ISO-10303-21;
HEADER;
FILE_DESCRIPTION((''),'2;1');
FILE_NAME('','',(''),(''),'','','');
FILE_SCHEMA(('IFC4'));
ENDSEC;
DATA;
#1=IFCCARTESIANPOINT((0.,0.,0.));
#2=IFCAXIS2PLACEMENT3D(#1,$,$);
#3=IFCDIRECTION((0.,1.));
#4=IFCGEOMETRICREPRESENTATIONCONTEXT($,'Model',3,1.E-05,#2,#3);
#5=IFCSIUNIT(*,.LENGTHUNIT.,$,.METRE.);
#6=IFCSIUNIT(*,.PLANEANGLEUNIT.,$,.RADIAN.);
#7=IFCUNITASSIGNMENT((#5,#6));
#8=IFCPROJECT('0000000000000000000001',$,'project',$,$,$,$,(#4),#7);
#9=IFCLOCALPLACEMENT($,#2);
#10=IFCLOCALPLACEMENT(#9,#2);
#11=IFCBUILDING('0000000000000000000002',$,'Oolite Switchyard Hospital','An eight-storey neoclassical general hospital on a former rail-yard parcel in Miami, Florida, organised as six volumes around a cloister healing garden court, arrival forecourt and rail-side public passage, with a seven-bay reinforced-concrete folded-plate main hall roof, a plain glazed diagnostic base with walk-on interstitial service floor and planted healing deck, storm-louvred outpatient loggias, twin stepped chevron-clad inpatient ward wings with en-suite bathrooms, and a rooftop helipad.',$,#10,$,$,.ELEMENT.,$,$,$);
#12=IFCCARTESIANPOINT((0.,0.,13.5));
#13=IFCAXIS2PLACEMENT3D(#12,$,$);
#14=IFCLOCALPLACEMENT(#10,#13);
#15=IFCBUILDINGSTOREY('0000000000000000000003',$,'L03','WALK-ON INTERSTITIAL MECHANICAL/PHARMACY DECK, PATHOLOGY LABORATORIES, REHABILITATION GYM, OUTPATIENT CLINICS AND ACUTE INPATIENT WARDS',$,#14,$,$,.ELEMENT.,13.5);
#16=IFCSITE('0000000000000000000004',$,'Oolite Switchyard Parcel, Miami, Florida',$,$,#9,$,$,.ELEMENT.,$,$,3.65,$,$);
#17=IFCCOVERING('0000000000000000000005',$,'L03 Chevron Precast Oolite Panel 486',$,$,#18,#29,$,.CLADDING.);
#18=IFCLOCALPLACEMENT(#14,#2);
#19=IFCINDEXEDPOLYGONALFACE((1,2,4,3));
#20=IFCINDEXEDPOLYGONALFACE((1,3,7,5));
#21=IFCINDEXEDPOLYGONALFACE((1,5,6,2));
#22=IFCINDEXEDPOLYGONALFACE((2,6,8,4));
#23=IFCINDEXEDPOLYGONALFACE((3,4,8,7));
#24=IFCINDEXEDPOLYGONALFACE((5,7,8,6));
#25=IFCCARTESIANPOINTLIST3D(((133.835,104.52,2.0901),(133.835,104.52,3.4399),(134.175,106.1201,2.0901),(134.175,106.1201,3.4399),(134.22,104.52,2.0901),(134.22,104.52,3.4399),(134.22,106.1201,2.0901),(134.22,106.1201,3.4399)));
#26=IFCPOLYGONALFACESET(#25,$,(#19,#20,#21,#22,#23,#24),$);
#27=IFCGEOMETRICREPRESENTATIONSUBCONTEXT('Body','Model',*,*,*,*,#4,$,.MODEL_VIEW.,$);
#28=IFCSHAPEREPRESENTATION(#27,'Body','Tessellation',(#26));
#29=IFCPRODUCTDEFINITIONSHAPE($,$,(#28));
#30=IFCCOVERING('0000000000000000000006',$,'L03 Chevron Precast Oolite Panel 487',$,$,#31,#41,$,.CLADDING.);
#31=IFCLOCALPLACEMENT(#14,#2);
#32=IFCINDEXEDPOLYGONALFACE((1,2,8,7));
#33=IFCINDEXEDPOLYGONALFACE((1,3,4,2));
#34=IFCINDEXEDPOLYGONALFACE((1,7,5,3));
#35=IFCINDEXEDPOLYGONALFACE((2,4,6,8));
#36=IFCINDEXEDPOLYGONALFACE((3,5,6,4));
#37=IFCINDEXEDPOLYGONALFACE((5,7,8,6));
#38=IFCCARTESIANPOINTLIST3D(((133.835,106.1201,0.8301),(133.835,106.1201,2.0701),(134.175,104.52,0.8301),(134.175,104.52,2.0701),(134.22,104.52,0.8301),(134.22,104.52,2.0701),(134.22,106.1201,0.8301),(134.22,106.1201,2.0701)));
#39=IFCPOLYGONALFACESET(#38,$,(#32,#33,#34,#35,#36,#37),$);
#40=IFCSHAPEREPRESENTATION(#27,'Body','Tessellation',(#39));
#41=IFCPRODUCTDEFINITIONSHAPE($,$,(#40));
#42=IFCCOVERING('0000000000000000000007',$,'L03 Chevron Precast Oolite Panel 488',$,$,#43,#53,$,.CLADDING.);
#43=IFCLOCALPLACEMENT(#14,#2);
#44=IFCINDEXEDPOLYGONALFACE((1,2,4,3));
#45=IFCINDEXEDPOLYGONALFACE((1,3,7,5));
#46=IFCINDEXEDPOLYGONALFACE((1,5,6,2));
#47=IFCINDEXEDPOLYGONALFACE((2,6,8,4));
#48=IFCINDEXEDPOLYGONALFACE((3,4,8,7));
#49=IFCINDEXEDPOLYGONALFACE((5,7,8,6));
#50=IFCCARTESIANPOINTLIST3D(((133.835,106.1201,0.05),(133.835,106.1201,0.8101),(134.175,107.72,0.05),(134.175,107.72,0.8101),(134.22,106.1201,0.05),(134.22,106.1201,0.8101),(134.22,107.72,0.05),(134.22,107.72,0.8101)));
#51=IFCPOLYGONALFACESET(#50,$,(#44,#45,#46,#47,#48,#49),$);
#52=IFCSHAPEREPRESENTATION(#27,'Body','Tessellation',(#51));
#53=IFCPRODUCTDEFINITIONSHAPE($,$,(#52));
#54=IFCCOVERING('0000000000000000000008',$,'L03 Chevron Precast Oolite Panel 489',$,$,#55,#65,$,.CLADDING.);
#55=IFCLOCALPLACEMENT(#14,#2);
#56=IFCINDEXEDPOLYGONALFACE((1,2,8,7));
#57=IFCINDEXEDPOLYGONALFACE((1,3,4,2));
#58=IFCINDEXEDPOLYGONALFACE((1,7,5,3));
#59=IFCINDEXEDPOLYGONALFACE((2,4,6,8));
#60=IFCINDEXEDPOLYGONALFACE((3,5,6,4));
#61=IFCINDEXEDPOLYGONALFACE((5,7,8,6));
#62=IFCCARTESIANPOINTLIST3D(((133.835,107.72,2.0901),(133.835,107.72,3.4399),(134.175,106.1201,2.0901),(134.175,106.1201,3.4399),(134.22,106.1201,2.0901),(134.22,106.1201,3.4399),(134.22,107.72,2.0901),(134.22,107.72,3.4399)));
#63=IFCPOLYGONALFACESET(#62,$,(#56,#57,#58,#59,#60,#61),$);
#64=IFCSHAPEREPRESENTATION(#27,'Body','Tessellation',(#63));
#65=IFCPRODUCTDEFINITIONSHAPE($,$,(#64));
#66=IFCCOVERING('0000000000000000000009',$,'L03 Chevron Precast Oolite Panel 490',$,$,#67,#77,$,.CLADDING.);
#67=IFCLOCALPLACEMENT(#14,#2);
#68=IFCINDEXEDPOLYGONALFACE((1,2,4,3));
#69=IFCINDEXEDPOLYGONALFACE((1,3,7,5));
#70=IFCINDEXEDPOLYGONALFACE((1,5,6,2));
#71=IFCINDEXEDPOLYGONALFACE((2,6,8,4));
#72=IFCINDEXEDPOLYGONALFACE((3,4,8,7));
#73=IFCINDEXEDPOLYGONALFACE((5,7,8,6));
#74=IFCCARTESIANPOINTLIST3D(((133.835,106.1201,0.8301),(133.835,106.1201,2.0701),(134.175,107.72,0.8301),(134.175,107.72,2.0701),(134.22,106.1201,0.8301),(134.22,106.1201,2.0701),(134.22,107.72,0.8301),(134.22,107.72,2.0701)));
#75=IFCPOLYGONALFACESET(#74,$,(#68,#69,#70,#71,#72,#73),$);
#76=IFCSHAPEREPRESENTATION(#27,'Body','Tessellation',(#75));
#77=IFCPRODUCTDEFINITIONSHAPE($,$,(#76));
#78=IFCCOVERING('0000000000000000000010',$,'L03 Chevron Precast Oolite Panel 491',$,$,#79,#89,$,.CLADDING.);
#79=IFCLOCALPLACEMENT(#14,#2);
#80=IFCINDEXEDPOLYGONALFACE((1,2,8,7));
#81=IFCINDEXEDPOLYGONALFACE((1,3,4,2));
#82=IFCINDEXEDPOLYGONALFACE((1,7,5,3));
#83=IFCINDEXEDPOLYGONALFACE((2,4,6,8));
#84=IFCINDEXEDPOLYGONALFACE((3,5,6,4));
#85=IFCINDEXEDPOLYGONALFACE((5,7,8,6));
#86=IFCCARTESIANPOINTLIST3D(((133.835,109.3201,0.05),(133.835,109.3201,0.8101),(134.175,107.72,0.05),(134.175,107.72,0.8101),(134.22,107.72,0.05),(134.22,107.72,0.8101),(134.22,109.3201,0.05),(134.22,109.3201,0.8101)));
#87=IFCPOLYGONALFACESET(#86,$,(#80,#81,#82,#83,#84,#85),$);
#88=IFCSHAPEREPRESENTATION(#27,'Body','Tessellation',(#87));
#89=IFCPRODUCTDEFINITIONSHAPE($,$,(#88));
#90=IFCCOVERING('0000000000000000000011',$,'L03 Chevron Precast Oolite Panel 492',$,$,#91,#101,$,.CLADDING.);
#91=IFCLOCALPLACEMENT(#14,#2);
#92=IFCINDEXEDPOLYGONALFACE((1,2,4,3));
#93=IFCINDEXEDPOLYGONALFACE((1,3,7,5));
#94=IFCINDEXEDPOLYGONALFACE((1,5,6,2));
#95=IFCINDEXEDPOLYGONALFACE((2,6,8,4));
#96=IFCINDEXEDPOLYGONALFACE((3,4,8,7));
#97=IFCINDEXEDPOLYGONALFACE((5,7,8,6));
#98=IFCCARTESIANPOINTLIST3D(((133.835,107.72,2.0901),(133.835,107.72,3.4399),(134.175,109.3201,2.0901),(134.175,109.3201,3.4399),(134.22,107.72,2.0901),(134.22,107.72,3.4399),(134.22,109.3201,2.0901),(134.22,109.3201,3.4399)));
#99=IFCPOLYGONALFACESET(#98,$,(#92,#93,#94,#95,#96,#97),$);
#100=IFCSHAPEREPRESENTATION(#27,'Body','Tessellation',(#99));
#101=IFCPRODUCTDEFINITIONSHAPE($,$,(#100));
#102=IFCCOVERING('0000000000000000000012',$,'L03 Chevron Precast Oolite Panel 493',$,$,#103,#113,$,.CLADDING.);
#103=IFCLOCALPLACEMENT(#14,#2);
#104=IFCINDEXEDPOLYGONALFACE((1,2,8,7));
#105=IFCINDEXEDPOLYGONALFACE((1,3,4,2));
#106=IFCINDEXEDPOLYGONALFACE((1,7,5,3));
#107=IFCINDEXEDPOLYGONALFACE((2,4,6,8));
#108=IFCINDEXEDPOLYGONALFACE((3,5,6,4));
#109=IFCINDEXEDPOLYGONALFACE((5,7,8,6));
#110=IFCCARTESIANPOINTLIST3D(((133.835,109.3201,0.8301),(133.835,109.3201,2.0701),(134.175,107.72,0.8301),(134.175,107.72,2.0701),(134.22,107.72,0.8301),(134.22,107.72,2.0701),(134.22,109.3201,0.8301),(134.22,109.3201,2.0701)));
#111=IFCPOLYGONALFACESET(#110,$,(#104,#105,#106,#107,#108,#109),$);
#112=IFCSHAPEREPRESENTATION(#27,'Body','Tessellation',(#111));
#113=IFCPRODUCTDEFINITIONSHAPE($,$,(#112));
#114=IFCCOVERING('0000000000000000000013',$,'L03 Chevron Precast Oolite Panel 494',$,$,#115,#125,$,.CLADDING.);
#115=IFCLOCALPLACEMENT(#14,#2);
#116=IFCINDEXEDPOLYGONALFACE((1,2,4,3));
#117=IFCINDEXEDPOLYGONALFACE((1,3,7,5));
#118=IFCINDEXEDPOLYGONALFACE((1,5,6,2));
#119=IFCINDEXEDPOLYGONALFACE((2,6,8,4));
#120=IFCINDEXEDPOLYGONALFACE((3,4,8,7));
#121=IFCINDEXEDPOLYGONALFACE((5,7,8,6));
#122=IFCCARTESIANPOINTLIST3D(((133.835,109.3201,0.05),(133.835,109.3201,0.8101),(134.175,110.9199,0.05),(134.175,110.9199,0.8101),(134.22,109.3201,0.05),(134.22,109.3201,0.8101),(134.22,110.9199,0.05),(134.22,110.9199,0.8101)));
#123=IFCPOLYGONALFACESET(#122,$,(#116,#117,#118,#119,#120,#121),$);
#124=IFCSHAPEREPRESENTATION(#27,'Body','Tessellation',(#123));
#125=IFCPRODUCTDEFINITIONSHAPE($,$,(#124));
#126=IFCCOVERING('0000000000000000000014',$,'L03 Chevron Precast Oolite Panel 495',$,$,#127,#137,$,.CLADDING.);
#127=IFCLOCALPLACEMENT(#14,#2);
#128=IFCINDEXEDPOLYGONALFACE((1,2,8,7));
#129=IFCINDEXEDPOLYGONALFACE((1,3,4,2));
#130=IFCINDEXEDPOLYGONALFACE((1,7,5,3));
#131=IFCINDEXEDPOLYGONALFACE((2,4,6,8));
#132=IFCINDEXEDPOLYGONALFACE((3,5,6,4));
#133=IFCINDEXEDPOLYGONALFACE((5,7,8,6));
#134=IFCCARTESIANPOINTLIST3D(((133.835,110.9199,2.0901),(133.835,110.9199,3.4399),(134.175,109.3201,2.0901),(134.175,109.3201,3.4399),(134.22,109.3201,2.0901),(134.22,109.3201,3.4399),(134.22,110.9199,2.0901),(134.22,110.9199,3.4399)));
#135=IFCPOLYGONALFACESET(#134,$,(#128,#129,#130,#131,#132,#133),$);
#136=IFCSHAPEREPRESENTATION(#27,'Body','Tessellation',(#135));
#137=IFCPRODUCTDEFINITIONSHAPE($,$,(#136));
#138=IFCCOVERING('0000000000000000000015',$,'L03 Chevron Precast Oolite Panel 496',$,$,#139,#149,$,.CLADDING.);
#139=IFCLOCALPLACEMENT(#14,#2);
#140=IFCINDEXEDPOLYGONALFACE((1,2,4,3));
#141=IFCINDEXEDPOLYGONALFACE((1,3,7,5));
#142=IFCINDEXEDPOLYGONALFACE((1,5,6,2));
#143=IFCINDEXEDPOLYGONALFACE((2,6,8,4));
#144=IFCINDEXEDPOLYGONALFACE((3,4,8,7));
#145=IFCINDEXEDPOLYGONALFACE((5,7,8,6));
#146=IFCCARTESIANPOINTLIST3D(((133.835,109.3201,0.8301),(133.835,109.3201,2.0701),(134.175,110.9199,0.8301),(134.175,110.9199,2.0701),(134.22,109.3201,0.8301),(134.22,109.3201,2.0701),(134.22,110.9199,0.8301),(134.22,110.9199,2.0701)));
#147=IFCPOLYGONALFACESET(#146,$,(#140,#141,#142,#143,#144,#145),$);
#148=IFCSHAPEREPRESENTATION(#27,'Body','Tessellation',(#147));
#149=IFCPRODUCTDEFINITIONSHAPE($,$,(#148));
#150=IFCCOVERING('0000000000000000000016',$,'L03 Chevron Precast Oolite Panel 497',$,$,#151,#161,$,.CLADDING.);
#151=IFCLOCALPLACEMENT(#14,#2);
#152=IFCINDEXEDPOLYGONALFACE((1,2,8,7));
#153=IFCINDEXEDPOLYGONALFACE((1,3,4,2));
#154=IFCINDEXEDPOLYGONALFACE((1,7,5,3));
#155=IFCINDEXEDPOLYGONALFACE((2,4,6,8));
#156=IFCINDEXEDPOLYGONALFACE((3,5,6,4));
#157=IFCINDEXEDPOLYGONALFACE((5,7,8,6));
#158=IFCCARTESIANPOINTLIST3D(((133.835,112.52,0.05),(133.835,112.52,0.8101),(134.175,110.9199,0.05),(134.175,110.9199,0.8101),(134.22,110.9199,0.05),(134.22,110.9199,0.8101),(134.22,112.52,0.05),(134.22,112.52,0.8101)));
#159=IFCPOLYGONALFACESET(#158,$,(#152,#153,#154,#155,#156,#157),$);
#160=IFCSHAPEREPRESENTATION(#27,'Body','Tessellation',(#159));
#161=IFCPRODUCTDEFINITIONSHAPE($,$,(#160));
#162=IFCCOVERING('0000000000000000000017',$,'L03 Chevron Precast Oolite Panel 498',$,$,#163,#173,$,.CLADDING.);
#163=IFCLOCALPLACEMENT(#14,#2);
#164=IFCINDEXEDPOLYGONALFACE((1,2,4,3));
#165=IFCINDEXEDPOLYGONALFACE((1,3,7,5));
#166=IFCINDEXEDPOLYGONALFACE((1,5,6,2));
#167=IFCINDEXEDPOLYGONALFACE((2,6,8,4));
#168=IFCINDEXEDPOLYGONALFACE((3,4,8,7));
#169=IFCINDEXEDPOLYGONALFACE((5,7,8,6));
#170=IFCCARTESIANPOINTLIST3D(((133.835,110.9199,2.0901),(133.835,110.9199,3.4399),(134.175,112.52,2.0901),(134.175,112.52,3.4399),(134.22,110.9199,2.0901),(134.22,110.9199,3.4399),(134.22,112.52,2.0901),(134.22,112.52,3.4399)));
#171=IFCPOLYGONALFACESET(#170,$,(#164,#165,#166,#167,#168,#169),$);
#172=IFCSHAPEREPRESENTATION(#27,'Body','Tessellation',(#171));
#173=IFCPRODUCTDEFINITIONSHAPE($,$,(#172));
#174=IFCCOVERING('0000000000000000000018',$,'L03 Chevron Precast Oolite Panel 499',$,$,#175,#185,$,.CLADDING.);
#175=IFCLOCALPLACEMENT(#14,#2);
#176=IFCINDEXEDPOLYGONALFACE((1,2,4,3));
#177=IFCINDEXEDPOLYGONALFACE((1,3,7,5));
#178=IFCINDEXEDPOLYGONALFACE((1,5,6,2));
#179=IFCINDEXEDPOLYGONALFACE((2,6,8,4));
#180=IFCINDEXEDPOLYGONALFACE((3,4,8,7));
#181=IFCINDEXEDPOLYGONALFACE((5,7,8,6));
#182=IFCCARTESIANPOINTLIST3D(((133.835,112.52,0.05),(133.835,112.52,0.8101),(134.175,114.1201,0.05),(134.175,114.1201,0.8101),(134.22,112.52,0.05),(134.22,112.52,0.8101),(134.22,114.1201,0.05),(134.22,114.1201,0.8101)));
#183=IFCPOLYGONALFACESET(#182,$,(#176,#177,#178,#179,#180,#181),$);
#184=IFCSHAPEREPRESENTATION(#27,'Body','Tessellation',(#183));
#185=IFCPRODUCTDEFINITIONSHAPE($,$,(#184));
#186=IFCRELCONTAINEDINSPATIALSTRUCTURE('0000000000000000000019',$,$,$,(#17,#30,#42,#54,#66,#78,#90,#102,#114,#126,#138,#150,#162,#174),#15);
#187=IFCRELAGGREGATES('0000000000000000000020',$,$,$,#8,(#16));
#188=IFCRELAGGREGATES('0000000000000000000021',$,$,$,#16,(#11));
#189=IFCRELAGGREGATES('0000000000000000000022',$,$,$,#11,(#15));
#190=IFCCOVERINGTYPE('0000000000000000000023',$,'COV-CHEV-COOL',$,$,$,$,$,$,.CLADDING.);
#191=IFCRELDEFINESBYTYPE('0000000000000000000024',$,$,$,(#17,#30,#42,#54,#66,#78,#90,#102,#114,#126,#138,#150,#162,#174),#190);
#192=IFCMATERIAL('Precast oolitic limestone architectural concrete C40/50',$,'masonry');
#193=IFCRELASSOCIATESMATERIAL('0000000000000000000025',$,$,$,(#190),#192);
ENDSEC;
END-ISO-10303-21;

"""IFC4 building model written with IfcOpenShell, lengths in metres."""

from ifc_helpers import new_model, si_unit, direction, frame, origin, place, context, subcontext, project, spatial, polyline, outline, extrude, material, type_object, element, save


model = new_model("IFC4")

# Units and contexts
model_context = context("Model", 3, precision=1e-05, world=origin(), true_north=direction((0.0, 1.0)))
body_context = subcontext(model_context, "Body", "Model", "MODEL_VIEW")
ifc_project = project(units=[si_unit("LENGTHUNIT", "METRE"), si_unit("PLANEANGLEUNIT", "RADIAN")], contexts=[model_context])

# Site, building, storey
site_placement = place(None, origin())
site = spatial("IfcSite", under=ifc_project, at=site_placement, Name="Oolite Switchyard Parcel, Miami, Florida", CompositionType="ELEMENT", RefElevation=3.65)
building_placement = place(site_placement, origin())
building = spatial("IfcBuilding", under=site, at=building_placement, Name="Oolite Switchyard Hospital", Description="An eight-storey neoclassical general hospital on a former rail-yard parcel in Miami, Florida, organised as six volumes around a cloister healing garden court, arrival forecourt and rail-side public passage, with a seven-bay reinforced-concrete folded-plate main hall roof, a plain glazed diagnostic base with walk-on interstitial service floor and planted healing deck, storm-louvred outpatient loggias, twin stepped chevron-clad inpatient ward wings with en-suite bathrooms, and a rooftop helipad.", CompositionType="ELEMENT")
storey_placement = place(building_placement, frame((0.0, 0.0, 13.5)))
storey = spatial("IfcBuildingStorey", under=building, at=storey_placement, Name="L03", Description="WALK-ON INTERSTITIAL MECHANICAL/PHARMACY DECK, PATHOLOGY LABORATORIES, REHABILITATION GYM, OUTPATIENT CLINICS AND ACUTE INPATIENT WARDS", CompositionType="ELEMENT", Elevation=13.5)

# Shared definitions
ifc_material_1 = material(Name="Precast oolitic limestone architectural concrete C40/50", Category="masonry")

# Coverings
covering_type = type_object("IfcCoveringType", Name="COV-CHEV-COOL", PredefinedType="CLADDING", material=ifc_material_1)
covering_1_placement = place(storey_placement, frame((134.22, 104.52, 2.0901), z_axis=(0.0, 0.0, 1.0), x_axis=(0.0, 1.0, 0.0)))
element("IfcCovering", 1, at=covering_1_placement, inside=storey, type_object=covering_type, Name="L03 Chevron Precast Oolite Panel 486", PredefinedType="CLADDING", context=body_context, shape_type="SweptSolid", body=[
    extrude(outline(polyline([(0.0, 0.0), (1.6001, 0.0), (1.6001, 0.0449), (0.0, 0.385), (0.0, 0.0)])), origin(), (0.0, 0.0, 1.0), 1.3499),
])
covering_2_placement = place(storey_placement, frame((134.22, 104.52, 0.8301), z_axis=(0.0, 0.0, 1.0), x_axis=(0.0, 1.0, 0.0)))
element("IfcCovering", 2, at=covering_2_placement, inside=storey, type_object=covering_type, Name="L03 Chevron Precast Oolite Panel 487", PredefinedType="CLADDING", context=body_context, shape_type="SweptSolid", body=[
    extrude(outline(polyline([(0.0, 0.0), (1.6001, 0.0), (1.6001, 0.385), (0.0, 0.0449), (0.0, 0.0)])), origin(), (0.0, 0.0, 1.0), 1.24),
])
covering_3_placement = place(storey_placement, frame((134.22, 106.1201, 0.05), z_axis=(0.0, 0.0, 1.0), x_axis=(0.0, 1.0, 0.0)))
element("IfcCovering", 3, at=covering_3_placement, inside=storey, type_object=covering_type, Name="L03 Chevron Precast Oolite Panel 488", PredefinedType="CLADDING", context=body_context, shape_type="SweptSolid", body=[
    extrude(outline(polyline([(0.0, 0.0), (1.5999, 0.0), (1.5999, 0.0449), (0.0, 0.385), (0.0, 0.0)])), origin(), (0.0, 0.0, 1.0), 0.76),
])
covering_4_placement = place(storey_placement, frame((134.22, 106.1201, 2.0901), z_axis=(0.0, 0.0, 1.0), x_axis=(0.0, 1.0, 0.0)))
element("IfcCovering", 4, at=covering_4_placement, inside=storey, type_object=covering_type, Name="L03 Chevron Precast Oolite Panel 489", PredefinedType="CLADDING", context=body_context, shape_type="SweptSolid", body=[
    extrude(outline(polyline([(0.0, 0.0), (1.5999, 0.0), (1.5999, 0.385), (0.0, 0.0449), (0.0, 0.0)])), origin(), (0.0, 0.0, 1.0), 1.3499),
])
covering_5_placement = place(storey_placement, frame((134.22, 106.1201, 0.8301), z_axis=(0.0, 0.0, 1.0), x_axis=(0.0, 1.0, 0.0)))
element("IfcCovering", 5, at=covering_5_placement, inside=storey, type_object=covering_type, Name="L03 Chevron Precast Oolite Panel 490", PredefinedType="CLADDING", context=body_context, shape_type="SweptSolid", body=[
    extrude(outline(polyline([(0.0, 0.0), (1.5999, 0.0), (1.5999, 0.0449), (0.0, 0.385), (0.0, 0.0)])), origin(), (0.0, 0.0, 1.0), 1.24),
])
covering_6_placement = place(storey_placement, frame((134.22, 107.72, 0.05), z_axis=(0.0, 0.0, 1.0), x_axis=(0.0, 1.0, 0.0)))
element("IfcCovering", 6, at=covering_6_placement, inside=storey, type_object=covering_type, Name="L03 Chevron Precast Oolite Panel 491", PredefinedType="CLADDING", context=body_context, shape_type="SweptSolid", body=[
    extrude(outline(polyline([(0.0, 0.0), (1.6001, 0.0), (1.6001, 0.385), (0.0, 0.0449), (0.0, 0.0)])), origin(), (0.0, 0.0, 1.0), 0.76),
])
covering_7_placement = place(storey_placement, frame((134.22, 107.72, 2.0901), z_axis=(0.0, 0.0, 1.0), x_axis=(0.0, 1.0, 0.0)))
element("IfcCovering", 7, at=covering_7_placement, inside=storey, type_object=covering_type, Name="L03 Chevron Precast Oolite Panel 492", PredefinedType="CLADDING", context=body_context, shape_type="SweptSolid", body=[
    extrude(outline(polyline([(0.0, 0.0), (1.6001, 0.0), (1.6001, 0.0449), (0.0, 0.385), (0.0, 0.0)])), origin(), (0.0, 0.0, 1.0), 1.3499),
])
covering_8_placement = place(storey_placement, frame((134.22, 107.72, 0.8301), z_axis=(0.0, 0.0, 1.0), x_axis=(0.0, 1.0, 0.0)))
element("IfcCovering", 8, at=covering_8_placement, inside=storey, type_object=covering_type, Name="L03 Chevron Precast Oolite Panel 493", PredefinedType="CLADDING", context=body_context, shape_type="SweptSolid", body=[
    extrude(outline(polyline([(0.0, 0.0), (1.6001, 0.0), (1.6001, 0.385), (0.0, 0.0449), (0.0, 0.0)])), origin(), (0.0, 0.0, 1.0), 1.24),
])
covering_9_placement = place(storey_placement, frame((134.22, 109.3201, 0.05), z_axis=(0.0, 0.0, 1.0), x_axis=(0.0, 1.0, 0.0)))
element("IfcCovering", 9, at=covering_9_placement, inside=storey, type_object=covering_type, Name="L03 Chevron Precast Oolite Panel 494", PredefinedType="CLADDING", context=body_context, shape_type="SweptSolid", body=[
    extrude(outline(polyline([(0.0, 0.0), (1.5999, 0.0), (1.5999, 0.0449), (0.0, 0.385), (0.0, 0.0)])), origin(), (0.0, 0.0, 1.0), 0.76),
])
covering_10_placement = place(storey_placement, frame((134.22, 109.3201, 2.0901), z_axis=(0.0, 0.0, 1.0), x_axis=(0.0, 1.0, 0.0)))
element("IfcCovering", 10, at=covering_10_placement, inside=storey, type_object=covering_type, Name="L03 Chevron Precast Oolite Panel 495", PredefinedType="CLADDING", context=body_context, shape_type="SweptSolid", body=[
    extrude(outline(polyline([(0.0, 0.0), (1.5999, 0.0), (1.5999, 0.385), (0.0, 0.0449), (0.0, 0.0)])), origin(), (0.0, 0.0, 1.0), 1.3499),
])
covering_11_placement = place(storey_placement, frame((134.22, 109.3201, 0.8301), z_axis=(0.0, 0.0, 1.0), x_axis=(0.0, 1.0, 0.0)))
element("IfcCovering", 11, at=covering_11_placement, inside=storey, type_object=covering_type, Name="L03 Chevron Precast Oolite Panel 496", PredefinedType="CLADDING", context=body_context, shape_type="SweptSolid", body=[
    extrude(outline(polyline([(0.0, 0.0), (1.5999, 0.0), (1.5999, 0.0449), (0.0, 0.385), (0.0, 0.0)])), origin(), (0.0, 0.0, 1.0), 1.24),
])
covering_12_placement = place(storey_placement, frame((134.22, 110.9199, 0.05), z_axis=(0.0, 0.0, 1.0), x_axis=(0.0, 1.0, 0.0)))
element("IfcCovering", 12, at=covering_12_placement, inside=storey, type_object=covering_type, Name="L03 Chevron Precast Oolite Panel 497", PredefinedType="CLADDING", context=body_context, shape_type="SweptSolid", body=[
    extrude(outline(polyline([(0.0, 0.0), (1.6001, 0.0), (1.6001, 0.385), (0.0, 0.0449), (0.0, 0.0)])), origin(), (0.0, 0.0, 1.0), 0.76),
])
covering_13_placement = place(storey_placement, frame((134.22, 110.9199, 2.0901), z_axis=(0.0, 0.0, 1.0), x_axis=(0.0, 1.0, 0.0)))
element("IfcCovering", 13, at=covering_13_placement, inside=storey, type_object=covering_type, Name="L03 Chevron Precast Oolite Panel 498", PredefinedType="CLADDING", context=body_context, shape_type="SweptSolid", body=[
    extrude(outline(polyline([(0.0, 0.0), (1.6001, 0.0), (1.6001, 0.0449), (0.0, 0.385), (0.0, 0.0)])), origin(), (0.0, 0.0, 1.0), 1.3499),
])
covering_14_placement = place(storey_placement, frame((134.22, 112.52, 0.05), z_axis=(0.0, 0.0, 1.0), x_axis=(0.0, 1.0, 0.0)))
element("IfcCovering", 14, at=covering_14_placement, inside=storey, type_object=covering_type, Name="L03 Chevron Precast Oolite Panel 499", PredefinedType="CLADDING", context=body_context, shape_type="SweptSolid", body=[
    extrude(outline(polyline([(0.0, 0.0), (1.6001, 0.0), (1.6001, 0.0449), (0.0, 0.385), (0.0, 0.0)])), origin(), (0.0, 0.0, 1.0), 0.76),
])

save(model, "model.ifc")
